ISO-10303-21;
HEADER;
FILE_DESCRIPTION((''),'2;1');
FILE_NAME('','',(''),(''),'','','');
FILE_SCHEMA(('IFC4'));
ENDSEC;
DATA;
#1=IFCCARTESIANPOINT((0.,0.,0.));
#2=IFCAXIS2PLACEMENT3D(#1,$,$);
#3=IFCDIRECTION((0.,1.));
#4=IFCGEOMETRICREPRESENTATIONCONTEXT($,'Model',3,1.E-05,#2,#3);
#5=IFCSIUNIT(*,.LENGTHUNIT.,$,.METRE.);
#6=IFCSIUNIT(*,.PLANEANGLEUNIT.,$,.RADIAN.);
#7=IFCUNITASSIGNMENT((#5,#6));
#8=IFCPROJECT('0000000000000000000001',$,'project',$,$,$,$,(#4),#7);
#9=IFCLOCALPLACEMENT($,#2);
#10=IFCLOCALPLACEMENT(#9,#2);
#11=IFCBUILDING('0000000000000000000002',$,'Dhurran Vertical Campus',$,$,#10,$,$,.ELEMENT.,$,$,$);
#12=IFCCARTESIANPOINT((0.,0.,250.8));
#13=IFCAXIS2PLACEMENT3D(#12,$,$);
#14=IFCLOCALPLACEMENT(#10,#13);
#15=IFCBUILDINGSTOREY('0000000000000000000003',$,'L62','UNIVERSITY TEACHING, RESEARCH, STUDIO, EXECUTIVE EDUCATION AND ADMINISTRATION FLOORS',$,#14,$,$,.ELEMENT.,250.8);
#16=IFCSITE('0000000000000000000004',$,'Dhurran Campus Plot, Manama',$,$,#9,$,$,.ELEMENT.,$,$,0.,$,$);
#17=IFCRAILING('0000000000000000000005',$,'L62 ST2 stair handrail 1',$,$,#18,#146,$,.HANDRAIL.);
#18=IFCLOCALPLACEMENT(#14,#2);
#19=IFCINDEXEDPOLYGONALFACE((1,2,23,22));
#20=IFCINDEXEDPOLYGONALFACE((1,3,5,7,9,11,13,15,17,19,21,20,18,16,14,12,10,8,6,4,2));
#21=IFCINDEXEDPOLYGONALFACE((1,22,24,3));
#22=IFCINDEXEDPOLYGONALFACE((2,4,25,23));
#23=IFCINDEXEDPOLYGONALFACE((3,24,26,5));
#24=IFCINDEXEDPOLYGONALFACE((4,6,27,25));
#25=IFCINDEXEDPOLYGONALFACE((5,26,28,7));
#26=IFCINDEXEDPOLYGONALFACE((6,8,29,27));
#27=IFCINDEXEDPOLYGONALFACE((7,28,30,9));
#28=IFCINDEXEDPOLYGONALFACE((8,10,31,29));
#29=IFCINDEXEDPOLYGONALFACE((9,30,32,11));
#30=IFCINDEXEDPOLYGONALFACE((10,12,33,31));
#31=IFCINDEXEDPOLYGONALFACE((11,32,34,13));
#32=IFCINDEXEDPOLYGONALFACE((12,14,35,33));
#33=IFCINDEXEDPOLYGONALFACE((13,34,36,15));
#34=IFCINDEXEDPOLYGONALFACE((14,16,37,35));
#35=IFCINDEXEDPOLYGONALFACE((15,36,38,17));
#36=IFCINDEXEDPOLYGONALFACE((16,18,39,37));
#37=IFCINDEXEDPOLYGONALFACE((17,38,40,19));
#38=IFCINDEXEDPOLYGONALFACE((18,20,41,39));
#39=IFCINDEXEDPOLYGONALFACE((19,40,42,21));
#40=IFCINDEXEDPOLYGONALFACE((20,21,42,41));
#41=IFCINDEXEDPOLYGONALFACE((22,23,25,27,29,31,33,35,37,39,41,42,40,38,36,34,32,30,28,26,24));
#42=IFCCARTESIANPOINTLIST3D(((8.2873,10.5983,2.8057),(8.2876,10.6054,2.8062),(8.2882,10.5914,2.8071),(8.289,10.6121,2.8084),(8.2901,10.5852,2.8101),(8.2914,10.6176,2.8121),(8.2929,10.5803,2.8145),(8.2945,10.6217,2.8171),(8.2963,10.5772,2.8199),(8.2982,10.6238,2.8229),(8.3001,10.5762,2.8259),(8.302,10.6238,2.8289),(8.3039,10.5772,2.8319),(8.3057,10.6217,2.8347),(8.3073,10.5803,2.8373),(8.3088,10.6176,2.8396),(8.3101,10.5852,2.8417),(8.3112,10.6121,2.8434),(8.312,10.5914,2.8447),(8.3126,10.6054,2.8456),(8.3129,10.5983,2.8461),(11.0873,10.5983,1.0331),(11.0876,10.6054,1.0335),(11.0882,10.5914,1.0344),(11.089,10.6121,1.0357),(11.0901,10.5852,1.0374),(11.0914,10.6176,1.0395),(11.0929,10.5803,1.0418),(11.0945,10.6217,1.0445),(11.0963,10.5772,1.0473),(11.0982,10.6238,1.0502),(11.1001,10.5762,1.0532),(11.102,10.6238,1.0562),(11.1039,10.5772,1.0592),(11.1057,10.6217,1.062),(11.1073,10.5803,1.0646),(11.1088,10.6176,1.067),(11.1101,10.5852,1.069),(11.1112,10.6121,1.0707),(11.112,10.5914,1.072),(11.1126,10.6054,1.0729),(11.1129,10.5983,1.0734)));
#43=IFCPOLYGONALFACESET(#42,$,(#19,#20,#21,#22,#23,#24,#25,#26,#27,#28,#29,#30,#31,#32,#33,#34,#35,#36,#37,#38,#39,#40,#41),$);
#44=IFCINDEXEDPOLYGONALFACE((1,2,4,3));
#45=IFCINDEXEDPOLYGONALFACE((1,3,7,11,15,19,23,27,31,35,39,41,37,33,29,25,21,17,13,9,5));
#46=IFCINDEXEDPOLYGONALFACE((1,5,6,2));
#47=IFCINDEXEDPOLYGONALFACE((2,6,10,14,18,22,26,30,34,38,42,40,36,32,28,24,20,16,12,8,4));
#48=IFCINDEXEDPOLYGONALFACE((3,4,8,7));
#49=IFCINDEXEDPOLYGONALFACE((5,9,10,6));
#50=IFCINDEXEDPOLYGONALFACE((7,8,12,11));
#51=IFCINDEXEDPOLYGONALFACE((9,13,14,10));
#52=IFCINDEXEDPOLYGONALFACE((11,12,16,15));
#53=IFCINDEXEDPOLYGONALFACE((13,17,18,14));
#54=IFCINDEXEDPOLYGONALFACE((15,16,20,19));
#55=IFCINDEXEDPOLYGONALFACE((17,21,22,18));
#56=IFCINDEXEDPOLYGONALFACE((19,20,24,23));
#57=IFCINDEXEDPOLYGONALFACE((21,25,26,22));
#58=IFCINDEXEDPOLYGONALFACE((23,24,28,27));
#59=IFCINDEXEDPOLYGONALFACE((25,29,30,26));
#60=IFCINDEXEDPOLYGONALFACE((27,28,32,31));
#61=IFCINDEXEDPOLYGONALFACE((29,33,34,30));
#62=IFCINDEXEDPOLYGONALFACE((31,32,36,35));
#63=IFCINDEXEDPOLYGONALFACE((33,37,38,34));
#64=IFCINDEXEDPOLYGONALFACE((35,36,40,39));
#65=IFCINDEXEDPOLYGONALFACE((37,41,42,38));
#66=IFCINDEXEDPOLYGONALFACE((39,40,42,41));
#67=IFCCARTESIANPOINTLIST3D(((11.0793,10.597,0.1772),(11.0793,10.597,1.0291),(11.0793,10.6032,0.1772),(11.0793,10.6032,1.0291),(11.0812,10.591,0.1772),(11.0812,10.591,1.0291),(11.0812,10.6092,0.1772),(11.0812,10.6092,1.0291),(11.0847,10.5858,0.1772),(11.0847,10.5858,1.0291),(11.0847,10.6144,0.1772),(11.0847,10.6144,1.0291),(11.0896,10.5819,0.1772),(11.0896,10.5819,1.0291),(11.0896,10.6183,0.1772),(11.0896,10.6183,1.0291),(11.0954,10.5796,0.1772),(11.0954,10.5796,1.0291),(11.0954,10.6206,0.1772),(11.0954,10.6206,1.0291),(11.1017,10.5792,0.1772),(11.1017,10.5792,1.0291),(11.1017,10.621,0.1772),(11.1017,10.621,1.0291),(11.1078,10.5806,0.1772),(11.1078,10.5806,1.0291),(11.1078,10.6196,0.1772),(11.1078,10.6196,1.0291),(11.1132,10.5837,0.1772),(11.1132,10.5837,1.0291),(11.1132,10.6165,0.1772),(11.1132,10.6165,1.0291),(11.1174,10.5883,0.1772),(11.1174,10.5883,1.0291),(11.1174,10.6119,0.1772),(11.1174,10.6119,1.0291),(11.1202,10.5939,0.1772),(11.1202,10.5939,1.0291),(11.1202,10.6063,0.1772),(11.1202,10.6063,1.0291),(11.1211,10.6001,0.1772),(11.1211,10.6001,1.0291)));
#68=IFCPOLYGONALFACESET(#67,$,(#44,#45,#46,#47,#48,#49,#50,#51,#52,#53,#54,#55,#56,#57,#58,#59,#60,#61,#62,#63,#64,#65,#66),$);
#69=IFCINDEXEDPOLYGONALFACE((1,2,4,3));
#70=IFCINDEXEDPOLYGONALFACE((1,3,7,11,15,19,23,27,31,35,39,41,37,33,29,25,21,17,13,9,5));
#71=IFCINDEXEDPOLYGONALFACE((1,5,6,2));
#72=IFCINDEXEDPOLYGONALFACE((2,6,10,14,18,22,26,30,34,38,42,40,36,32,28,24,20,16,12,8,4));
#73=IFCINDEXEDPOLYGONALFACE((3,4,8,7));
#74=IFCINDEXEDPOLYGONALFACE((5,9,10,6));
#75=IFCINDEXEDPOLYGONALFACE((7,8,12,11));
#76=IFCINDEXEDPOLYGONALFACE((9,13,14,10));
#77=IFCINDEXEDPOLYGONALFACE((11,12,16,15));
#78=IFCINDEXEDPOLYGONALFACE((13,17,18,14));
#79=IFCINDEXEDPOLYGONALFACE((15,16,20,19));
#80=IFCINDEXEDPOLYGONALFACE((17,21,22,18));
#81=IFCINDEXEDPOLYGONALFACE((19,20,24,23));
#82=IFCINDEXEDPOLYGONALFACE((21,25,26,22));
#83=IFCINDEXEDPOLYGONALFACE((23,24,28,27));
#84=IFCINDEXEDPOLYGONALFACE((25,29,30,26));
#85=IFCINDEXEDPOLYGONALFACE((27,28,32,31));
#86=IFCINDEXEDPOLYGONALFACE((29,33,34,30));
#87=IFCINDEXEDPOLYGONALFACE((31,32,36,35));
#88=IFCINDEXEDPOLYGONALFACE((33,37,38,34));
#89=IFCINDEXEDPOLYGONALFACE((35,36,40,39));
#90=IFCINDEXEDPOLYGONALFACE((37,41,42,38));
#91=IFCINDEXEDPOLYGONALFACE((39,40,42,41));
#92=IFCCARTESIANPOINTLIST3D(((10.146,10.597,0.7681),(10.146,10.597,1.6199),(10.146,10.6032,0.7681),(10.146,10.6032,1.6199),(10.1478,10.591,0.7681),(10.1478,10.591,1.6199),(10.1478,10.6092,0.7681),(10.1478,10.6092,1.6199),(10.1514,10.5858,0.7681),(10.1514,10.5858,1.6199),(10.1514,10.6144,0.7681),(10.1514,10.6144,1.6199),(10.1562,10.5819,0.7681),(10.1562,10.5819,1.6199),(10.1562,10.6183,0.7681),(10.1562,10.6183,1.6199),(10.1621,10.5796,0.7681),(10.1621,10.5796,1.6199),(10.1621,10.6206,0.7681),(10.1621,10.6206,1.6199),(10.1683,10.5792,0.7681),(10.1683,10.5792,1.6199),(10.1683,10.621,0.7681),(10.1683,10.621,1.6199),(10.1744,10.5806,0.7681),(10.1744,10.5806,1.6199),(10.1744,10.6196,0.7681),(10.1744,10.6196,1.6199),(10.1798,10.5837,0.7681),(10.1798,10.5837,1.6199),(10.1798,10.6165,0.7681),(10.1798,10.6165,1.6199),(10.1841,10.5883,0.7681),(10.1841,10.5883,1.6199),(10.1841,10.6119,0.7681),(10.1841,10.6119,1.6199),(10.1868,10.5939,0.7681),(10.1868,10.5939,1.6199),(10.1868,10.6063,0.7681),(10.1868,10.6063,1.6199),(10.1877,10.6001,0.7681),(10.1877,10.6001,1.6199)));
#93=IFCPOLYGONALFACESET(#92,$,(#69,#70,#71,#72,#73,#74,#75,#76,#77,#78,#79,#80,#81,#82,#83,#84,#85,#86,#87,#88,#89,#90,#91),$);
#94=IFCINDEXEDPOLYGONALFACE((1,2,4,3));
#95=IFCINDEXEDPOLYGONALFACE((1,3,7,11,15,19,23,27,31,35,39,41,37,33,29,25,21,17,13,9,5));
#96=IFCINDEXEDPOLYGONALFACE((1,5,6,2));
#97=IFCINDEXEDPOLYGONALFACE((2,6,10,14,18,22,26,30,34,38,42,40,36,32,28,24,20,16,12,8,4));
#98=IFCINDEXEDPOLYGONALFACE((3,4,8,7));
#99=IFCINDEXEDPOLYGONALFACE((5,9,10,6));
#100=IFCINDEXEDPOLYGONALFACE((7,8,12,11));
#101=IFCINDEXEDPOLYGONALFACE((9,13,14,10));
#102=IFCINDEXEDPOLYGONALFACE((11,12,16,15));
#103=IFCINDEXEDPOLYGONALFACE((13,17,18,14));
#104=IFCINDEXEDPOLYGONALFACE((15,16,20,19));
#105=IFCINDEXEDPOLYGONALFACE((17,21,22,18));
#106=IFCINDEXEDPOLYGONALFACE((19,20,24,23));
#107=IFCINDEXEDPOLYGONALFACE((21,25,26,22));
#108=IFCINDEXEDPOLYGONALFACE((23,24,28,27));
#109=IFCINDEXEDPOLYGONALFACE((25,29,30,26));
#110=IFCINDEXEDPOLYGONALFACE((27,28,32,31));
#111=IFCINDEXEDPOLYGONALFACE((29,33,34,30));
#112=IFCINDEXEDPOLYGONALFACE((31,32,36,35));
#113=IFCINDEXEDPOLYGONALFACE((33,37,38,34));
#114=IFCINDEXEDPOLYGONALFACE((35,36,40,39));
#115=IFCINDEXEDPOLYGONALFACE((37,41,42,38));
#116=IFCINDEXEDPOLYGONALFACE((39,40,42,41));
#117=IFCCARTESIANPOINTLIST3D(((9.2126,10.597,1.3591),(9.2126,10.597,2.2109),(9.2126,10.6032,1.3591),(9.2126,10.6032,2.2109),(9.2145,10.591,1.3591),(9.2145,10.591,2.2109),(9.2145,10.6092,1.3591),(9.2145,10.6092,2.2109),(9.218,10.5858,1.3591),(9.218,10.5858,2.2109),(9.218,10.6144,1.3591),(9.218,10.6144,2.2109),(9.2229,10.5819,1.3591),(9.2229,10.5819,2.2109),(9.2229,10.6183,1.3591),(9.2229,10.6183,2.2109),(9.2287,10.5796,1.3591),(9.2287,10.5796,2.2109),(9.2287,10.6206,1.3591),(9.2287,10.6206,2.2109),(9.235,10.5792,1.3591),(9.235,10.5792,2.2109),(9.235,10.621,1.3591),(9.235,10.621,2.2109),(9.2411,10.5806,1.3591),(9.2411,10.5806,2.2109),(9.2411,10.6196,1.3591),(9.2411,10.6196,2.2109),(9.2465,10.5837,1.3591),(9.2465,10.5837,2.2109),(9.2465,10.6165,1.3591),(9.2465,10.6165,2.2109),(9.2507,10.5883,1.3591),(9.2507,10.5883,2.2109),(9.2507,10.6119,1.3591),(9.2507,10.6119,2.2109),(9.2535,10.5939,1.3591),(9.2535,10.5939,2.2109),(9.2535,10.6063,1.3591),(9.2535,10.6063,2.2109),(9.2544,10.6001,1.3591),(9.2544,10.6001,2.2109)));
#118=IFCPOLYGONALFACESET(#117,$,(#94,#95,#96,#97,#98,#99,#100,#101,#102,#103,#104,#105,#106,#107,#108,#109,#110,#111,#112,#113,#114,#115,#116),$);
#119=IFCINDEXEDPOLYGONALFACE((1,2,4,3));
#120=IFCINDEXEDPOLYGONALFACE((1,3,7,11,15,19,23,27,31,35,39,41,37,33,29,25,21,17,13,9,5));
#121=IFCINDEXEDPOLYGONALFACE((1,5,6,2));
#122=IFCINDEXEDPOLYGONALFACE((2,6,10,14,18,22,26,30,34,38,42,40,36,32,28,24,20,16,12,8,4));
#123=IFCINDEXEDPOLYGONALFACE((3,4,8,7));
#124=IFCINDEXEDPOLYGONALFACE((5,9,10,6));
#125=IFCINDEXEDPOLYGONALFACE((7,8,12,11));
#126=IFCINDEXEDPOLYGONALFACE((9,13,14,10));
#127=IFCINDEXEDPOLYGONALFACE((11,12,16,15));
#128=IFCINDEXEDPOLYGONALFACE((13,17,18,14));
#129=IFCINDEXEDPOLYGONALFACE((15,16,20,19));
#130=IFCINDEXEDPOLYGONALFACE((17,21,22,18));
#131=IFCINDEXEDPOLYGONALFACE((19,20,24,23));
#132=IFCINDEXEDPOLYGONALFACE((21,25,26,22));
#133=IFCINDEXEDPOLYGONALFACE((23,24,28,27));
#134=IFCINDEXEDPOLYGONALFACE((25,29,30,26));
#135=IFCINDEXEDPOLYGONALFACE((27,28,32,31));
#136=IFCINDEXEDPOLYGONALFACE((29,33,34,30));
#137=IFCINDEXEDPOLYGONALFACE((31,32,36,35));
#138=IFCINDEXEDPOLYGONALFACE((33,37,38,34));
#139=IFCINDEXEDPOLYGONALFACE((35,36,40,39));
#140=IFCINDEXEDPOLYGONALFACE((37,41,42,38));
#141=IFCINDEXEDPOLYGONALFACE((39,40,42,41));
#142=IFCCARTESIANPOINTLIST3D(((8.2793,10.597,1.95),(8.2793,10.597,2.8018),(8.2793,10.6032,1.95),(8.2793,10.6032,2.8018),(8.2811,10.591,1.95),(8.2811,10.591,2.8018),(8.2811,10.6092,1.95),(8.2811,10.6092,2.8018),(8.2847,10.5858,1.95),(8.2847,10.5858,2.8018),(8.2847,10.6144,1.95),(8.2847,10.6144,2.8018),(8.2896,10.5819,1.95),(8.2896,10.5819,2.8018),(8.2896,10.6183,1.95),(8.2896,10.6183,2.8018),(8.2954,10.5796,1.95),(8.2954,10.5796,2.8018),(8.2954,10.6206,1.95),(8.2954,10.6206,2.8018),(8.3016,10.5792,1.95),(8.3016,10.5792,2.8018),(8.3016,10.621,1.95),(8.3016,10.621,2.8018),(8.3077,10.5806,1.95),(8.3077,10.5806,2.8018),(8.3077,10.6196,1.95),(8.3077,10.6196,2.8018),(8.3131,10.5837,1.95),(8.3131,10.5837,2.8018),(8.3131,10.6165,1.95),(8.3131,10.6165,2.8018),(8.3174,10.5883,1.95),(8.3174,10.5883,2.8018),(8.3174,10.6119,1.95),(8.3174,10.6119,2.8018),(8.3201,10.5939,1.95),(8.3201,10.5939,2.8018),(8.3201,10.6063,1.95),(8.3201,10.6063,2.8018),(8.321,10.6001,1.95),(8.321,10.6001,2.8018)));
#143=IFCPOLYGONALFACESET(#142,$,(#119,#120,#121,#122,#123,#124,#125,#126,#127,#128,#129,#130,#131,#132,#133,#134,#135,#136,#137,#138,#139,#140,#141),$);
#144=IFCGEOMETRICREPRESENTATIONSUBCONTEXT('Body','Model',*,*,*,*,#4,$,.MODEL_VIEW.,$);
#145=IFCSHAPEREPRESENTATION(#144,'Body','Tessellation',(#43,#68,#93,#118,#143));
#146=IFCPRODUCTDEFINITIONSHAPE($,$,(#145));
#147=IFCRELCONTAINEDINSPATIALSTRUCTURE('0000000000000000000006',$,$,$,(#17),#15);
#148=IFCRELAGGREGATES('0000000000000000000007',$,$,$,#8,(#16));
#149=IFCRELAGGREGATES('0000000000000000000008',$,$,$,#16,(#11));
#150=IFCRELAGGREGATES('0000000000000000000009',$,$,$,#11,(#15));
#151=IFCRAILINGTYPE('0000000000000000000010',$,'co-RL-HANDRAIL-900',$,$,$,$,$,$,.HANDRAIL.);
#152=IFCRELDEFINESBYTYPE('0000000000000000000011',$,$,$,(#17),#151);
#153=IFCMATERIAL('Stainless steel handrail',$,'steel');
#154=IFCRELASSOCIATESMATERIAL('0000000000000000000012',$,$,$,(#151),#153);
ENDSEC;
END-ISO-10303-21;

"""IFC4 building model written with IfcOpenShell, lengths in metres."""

from ifc_helpers import new_model, si_unit, direction, frame, origin, origin_2d, place, context, subcontext, project, spatial, circle, extrude, material, type_object, element, save


model = new_model("IFC4")

# Units and contexts
model_context = context("Model", 3, precision=1e-05, world=origin(), true_north=direction((0.0, 1.0)))
body_context = subcontext(model_context, "Body", "Model", "MODEL_VIEW")
ifc_project = project(units=[si_unit("LENGTHUNIT", "METRE"), si_unit("PLANEANGLEUNIT", "RADIAN")], contexts=[model_context])

# Site, building, storey
site_placement = place(None, origin())
site = spatial("IfcSite", under=ifc_project, at=site_placement, Name="Dhurran Campus Plot, Manama", CompositionType="ELEMENT", RefElevation=0.0)
building_placement = place(site_placement, origin())
building = spatial("IfcBuilding", under=site, at=building_placement, Name="Dhurran Vertical Campus", CompositionType="ELEMENT")
storey_placement = place(building_placement, frame((0.0, 0.0, 250.8)))
storey = spatial("IfcBuildingStorey", under=building, at=storey_placement, Name="L62", Description="UNIVERSITY TEACHING, RESEARCH, STUDIO, EXECUTIVE EDUCATION AND ADMINISTRATION FLOORS", CompositionType="ELEMENT", Elevation=250.8)

# Railing
ifc_material_1 = material(Name="Stainless steel handrail", Category="steel")
railing_type = type_object("IfcRailingType", Name="co-RL-HANDRAIL-900", PredefinedType="HANDRAIL", material=ifc_material_1)
railing_placement = place(storey_placement, frame((11.1001, 10.6001, 0.1772)))
element("IfcRailing", 1, at=railing_placement, inside=storey, type_object=railing_type, Name="L62 ST2 stair handrail 1", PredefinedType="HANDRAIL", context=body_context, shape_type="SweptSolid", body=[
    extrude(circle(Radius=0.0239, at=origin_2d()), frame((0.0, 0.0, 0.876), z_axis=(-0.844909, 0.0, 0.53491), x_axis=(0.0, -1.0, 0.0)), (0.0, 0.0, 1.0), 3.314),
    extrude(circle(Radius=0.021, at=origin_2d()), origin(), (0.0, 0.0, 1.0), 0.8518),
    extrude(circle(Radius=0.021, at=origin_2d()), frame((-0.9333, 0.0, 0.5908)), (0.0, 0.0, 1.0), 0.8518),
    extrude(circle(Radius=0.021, at=origin_2d()), frame((-1.8667, 0.0, 1.1819)), (0.0, 0.0, 1.0), 0.8518),
    extrude(circle(Radius=0.021, at=origin_2d()), frame((-2.8, 0.0, 1.7727)), (0.0, 0.0, 1.0), 0.8518),
])

save(model, "model.ifc")
